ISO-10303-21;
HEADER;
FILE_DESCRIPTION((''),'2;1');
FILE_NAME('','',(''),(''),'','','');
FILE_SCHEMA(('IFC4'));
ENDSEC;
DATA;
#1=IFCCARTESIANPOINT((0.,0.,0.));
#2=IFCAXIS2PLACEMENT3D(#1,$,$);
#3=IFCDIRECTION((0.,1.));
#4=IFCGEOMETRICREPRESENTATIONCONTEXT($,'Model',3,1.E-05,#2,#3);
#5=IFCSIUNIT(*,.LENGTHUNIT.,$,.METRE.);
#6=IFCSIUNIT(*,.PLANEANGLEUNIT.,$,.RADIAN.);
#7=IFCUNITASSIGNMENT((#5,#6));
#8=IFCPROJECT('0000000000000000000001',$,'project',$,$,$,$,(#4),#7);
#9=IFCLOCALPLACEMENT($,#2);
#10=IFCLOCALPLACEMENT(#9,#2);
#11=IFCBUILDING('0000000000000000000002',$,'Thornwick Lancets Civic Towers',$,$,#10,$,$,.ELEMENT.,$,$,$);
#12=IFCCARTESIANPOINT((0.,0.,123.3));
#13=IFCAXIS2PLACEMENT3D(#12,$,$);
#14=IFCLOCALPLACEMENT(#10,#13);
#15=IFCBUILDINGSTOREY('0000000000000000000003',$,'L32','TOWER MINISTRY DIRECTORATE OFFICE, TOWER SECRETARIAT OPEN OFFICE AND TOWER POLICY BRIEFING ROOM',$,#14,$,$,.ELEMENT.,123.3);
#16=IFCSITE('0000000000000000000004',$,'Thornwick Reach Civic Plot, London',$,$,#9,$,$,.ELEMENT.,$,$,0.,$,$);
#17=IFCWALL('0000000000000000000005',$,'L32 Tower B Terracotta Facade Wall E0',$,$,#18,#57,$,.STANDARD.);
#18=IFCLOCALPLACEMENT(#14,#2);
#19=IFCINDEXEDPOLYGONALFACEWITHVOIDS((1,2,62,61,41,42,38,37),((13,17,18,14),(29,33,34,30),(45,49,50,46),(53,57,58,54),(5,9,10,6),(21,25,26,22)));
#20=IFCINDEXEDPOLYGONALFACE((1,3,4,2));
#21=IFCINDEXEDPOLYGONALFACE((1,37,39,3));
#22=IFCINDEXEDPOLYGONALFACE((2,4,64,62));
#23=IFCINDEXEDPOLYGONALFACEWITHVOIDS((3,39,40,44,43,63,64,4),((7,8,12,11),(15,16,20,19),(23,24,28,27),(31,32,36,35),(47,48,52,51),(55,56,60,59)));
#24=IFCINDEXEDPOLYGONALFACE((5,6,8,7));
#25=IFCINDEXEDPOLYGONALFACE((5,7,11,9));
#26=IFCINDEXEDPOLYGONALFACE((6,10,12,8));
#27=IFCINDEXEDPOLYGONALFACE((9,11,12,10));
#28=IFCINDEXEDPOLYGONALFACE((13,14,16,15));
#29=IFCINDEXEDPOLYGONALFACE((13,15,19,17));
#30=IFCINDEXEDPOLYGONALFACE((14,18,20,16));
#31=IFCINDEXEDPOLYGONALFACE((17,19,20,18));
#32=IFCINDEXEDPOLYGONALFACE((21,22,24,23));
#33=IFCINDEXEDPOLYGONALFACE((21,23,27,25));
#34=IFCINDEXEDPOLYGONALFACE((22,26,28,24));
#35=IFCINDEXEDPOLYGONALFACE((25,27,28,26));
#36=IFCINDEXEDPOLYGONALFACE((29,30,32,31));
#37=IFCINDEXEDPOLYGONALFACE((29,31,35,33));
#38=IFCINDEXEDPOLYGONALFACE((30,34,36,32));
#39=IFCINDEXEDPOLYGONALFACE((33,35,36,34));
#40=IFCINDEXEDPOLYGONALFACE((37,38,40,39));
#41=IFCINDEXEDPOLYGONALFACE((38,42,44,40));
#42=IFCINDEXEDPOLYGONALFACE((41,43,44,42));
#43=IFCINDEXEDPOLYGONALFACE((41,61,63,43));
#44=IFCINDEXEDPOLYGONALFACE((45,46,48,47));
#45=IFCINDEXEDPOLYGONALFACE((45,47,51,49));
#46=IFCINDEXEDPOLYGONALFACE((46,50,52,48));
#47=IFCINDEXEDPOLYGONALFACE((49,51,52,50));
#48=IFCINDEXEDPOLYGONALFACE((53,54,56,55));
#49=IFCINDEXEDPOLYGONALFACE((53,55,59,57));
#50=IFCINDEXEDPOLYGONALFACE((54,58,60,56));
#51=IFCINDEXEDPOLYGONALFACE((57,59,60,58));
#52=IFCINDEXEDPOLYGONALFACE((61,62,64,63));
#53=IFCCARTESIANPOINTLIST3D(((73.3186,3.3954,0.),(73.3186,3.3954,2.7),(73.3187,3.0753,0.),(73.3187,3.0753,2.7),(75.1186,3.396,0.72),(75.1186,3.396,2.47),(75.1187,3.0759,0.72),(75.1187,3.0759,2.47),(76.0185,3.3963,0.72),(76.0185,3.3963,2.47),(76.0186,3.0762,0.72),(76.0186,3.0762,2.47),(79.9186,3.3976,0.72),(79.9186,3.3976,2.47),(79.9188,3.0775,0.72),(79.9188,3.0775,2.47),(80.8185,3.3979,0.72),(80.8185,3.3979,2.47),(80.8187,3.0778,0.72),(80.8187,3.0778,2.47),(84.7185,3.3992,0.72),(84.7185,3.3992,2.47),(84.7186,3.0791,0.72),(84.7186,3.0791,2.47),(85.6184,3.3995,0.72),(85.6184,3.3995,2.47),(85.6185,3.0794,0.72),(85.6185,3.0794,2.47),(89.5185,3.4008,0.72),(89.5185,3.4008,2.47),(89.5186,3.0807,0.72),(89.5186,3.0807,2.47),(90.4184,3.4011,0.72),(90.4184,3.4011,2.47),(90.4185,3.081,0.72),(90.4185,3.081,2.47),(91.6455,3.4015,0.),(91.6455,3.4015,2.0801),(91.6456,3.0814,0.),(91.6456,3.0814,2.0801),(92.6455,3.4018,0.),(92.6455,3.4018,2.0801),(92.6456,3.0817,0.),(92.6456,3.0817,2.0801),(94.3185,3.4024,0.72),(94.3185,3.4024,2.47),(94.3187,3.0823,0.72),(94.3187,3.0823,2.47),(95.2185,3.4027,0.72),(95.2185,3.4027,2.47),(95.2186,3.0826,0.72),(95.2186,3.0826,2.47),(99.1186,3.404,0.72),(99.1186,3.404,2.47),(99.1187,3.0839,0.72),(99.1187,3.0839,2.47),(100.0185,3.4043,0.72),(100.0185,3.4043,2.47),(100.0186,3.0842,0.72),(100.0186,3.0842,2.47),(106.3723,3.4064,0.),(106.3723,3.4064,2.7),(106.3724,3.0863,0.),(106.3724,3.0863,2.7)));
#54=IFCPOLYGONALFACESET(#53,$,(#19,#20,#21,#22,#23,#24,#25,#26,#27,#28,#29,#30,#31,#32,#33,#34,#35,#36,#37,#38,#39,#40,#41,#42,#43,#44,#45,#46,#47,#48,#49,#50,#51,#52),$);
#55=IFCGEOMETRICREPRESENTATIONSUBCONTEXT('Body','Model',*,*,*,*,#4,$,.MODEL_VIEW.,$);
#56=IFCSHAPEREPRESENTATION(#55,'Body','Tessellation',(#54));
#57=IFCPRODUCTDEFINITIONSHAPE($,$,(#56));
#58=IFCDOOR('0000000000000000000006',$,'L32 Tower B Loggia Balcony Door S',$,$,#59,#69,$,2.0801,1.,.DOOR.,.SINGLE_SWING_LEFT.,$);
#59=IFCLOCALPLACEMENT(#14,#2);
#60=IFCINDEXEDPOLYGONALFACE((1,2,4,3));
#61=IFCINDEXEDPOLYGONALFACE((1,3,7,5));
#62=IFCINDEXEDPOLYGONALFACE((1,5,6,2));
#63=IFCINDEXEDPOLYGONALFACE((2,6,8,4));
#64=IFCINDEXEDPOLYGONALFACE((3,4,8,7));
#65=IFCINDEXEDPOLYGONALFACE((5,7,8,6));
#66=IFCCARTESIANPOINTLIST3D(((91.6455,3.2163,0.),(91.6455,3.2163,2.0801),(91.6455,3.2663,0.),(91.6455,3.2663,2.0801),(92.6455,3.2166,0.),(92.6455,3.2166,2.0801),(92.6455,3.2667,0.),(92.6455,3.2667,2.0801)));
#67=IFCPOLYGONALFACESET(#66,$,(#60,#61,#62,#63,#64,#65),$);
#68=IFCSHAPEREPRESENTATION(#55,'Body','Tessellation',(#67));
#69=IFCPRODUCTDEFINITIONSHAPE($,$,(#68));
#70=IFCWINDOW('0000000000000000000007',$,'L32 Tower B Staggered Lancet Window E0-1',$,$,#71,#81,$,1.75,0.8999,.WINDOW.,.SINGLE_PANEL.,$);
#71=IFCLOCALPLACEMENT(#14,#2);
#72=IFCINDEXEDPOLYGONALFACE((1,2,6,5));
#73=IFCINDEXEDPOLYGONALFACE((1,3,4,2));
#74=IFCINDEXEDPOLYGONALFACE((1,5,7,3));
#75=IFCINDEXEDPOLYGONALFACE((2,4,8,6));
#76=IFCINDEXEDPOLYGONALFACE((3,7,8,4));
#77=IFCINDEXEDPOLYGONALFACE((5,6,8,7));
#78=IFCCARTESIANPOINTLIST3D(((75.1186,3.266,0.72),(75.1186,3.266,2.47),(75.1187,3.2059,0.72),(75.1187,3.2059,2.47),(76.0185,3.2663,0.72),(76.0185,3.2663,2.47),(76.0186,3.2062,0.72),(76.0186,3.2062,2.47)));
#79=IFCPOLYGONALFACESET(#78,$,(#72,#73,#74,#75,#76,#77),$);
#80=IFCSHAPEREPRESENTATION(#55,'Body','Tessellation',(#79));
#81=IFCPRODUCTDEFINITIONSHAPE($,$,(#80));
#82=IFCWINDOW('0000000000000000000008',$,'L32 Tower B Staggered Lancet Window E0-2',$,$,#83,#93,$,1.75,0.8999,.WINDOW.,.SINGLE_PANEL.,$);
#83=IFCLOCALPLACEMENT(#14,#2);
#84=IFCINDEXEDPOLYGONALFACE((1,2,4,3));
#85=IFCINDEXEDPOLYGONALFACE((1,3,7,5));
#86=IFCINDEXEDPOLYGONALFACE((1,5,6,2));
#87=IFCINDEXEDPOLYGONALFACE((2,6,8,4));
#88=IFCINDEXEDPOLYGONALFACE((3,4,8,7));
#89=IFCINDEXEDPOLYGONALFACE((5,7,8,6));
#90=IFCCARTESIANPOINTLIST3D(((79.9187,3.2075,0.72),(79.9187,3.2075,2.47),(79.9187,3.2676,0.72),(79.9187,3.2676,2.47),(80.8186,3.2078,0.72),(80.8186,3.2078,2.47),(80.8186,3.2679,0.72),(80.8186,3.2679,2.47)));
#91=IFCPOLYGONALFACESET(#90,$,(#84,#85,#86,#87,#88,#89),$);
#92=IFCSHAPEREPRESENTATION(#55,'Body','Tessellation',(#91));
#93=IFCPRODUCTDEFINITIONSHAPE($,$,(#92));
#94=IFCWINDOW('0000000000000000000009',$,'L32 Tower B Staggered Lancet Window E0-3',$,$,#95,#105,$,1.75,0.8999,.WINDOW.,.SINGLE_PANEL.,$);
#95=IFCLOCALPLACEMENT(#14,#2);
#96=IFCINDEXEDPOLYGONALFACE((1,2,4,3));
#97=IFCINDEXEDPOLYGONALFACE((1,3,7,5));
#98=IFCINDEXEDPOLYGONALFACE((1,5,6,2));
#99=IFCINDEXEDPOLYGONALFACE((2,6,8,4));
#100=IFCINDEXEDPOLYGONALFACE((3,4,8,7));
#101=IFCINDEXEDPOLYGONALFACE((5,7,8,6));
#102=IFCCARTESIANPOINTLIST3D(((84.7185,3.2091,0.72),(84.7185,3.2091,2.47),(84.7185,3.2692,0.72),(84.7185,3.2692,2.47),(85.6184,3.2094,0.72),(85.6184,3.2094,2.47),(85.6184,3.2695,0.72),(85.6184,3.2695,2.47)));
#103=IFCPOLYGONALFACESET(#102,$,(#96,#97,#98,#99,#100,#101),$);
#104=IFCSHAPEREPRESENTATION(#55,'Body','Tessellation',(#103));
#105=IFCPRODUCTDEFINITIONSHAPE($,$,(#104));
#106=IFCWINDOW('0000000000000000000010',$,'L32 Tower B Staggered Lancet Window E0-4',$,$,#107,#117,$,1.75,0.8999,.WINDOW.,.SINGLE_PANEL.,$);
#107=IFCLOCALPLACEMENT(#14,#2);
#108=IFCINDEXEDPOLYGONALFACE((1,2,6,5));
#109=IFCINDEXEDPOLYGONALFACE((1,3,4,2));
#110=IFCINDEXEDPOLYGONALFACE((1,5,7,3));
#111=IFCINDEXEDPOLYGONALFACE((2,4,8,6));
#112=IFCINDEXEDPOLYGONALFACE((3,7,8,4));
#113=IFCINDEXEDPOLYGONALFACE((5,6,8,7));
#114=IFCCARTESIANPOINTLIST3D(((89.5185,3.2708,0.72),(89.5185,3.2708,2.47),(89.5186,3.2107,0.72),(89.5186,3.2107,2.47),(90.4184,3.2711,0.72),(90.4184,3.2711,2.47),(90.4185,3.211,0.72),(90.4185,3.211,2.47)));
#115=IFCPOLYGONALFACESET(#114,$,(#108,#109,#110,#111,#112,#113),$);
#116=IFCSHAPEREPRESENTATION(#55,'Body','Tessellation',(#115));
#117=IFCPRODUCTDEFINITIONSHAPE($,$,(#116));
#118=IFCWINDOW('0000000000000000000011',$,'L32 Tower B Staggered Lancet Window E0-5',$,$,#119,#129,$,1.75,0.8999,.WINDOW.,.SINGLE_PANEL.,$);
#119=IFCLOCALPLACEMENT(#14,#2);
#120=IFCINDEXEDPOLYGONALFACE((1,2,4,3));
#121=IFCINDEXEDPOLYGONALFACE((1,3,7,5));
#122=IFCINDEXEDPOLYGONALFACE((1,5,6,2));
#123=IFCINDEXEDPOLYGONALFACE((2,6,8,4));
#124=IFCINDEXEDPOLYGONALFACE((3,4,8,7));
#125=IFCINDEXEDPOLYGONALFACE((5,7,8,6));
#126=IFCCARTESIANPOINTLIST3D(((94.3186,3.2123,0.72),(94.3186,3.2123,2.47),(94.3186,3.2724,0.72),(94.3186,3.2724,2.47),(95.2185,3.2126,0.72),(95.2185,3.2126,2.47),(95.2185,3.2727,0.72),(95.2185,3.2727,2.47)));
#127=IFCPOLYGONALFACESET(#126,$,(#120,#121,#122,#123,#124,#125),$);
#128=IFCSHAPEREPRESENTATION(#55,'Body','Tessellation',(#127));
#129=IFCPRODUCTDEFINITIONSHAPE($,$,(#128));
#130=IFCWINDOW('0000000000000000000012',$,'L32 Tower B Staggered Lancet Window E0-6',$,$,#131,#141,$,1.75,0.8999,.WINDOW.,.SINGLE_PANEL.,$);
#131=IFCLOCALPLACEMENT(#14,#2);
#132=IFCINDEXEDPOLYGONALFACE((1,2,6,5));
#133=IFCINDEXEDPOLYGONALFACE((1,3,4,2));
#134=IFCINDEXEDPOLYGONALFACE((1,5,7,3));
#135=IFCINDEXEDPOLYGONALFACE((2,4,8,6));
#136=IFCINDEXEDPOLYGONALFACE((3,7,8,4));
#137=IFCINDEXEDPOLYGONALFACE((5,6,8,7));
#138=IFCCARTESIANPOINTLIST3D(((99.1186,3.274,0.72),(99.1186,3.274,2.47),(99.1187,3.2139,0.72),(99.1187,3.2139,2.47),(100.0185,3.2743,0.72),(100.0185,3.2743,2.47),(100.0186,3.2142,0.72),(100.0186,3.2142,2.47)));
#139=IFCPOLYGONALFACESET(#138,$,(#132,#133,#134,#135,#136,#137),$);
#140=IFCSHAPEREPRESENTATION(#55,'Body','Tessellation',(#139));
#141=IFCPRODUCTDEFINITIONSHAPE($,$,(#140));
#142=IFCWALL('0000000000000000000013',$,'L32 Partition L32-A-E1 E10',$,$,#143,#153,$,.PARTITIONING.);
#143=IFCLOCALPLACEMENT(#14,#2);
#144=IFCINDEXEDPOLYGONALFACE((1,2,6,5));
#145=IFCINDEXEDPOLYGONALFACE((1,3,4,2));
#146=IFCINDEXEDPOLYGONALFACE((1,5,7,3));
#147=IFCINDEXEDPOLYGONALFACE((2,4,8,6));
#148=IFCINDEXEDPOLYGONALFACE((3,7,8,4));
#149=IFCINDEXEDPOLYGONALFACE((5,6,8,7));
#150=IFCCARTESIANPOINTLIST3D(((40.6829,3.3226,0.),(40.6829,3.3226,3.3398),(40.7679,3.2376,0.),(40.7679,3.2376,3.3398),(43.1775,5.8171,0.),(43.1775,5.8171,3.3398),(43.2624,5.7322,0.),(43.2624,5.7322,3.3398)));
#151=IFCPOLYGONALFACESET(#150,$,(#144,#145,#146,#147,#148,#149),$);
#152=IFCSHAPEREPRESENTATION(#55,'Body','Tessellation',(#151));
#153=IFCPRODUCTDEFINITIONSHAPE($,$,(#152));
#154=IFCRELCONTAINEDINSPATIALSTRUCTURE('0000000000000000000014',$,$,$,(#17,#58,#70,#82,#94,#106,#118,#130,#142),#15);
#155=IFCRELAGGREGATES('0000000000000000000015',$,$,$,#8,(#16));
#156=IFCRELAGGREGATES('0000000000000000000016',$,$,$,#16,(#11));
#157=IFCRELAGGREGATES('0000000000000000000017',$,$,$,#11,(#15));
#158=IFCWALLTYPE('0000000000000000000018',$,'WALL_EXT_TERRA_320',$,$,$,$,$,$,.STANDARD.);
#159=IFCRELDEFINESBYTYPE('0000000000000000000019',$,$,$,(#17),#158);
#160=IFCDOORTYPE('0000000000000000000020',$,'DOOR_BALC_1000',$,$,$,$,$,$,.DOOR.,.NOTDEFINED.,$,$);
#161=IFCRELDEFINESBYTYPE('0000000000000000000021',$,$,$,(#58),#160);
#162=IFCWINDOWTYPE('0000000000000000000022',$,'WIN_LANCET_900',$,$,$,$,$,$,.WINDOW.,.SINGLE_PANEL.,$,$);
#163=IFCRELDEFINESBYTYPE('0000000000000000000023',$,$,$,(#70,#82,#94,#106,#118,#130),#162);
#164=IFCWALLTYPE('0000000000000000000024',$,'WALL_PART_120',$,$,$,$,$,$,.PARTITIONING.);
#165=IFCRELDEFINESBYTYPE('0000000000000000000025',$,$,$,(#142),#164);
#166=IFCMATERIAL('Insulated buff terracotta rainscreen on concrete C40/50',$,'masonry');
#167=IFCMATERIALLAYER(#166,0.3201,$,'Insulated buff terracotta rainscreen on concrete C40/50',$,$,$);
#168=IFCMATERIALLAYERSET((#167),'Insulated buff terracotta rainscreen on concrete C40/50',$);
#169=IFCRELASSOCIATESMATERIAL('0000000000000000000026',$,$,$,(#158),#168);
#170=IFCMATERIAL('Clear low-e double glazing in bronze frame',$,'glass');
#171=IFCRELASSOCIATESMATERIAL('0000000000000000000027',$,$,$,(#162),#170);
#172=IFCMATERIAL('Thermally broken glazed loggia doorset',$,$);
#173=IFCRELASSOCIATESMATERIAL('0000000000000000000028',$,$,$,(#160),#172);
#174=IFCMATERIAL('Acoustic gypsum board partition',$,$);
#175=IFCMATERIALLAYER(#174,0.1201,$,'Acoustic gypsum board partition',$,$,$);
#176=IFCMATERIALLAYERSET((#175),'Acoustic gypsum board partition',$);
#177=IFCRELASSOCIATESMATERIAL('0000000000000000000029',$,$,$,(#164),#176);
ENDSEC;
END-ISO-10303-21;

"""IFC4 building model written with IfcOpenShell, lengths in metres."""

from ifc_helpers import new_model, si_unit, direction, frame, frame_2d, origin, place, context, subcontext, project, spatial, rectangle, extrude, material, layer, layer_set, type_object, element, fill, save


model = new_model("IFC4")

# Units and contexts
model_context = context("Model", 3, precision=1e-05, world=origin(), true_north=direction((0.0, 1.0)))
body_context = subcontext(model_context, "Body", "Model", "MODEL_VIEW")
ifc_project = project(units=[si_unit("LENGTHUNIT", "METRE"), si_unit("PLANEANGLEUNIT", "RADIAN")], contexts=[model_context])

# Site, building, storey
site_placement = place(None, origin())
site = spatial("IfcSite", under=ifc_project, at=site_placement, Name="Thornwick Reach Civic Plot, London", CompositionType="ELEMENT", RefElevation=0.0)
building_placement = place(site_placement, origin())
building = spatial("IfcBuilding", under=site, at=building_placement, Name="Thornwick Lancets Civic Towers", CompositionType="ELEMENT")
storey_placement = place(building_placement, frame((0.0, 0.0, 123.3)))
storey = spatial("IfcBuildingStorey", under=building, at=storey_placement, Name="L32", Description="TOWER MINISTRY DIRECTORATE OFFICE, TOWER SECRETARIAT OPEN OFFICE AND TOWER POLICY BRIEFING ROOM", CompositionType="ELEMENT", Elevation=123.3)

# Shared definitions
ifc_material_1 = material(Name="Insulated buff terracotta rainscreen on concrete C40/50", Category="masonry")
ifc_layer_1 = layer(ifc_material_1, 0.3201, Name="Insulated buff terracotta rainscreen on concrete C40/50")
ifc_layer_set_1 = layer_set([ifc_layer_1], Name="Insulated buff terracotta rainscreen on concrete C40/50")
wall_type_1 = type_object("IfcWallType", Name="WALL_EXT_TERRA_320", PredefinedType="STANDARD", material=ifc_layer_set_1)
ifc_material_2 = material(Name="Clear low-e double glazing in bronze frame", Category="glass")
window_type = type_object("IfcWindowType", Name="WIN_LANCET_900", PartitioningType="SINGLE_PANEL", PredefinedType="WINDOW", material=ifc_material_2)

# Wall, openings, door, windows
wall_1_placement = place(storey_placement, frame((73.3186, 3.2354, 0.0), z_axis=(0.0, 0.0, 1.0), x_axis=(1.0, 0.000332, 0.0)))
wall_1 = element("IfcWall", 1, at=wall_1_placement, inside=storey, type_object=wall_type_1, Name="L32 Tower B Terracotta Facade Wall E0", PredefinedType="STANDARD", context=body_context, shape_type="SweptSolid", body=[
    extrude(rectangle(XDim=33.0537, YDim=0.3201, at=frame_2d((16.5269, 0.0))), origin(), (0.0, 0.0, 1.0), 2.7),
])
opening_1_placement = place(wall_1_placement, frame((18.3269, 0.0, 0.0)))
opening_1 = element("IfcOpeningElement", 2, at=opening_1_placement, cuts=wall_1, PredefinedType="OPENING", context=body_context, shape_type="SweptSolid", body=[
    extrude(rectangle(XDim=1.0, YDim=2.0801, at=frame_2d((0.5, 1.04))), frame((0.0, 0.1699, 0.0), z_axis=(0.0, -1.0, 0.0), x_axis=(1.0, 0.0, 0.0)), (0.0, 0.0, 1.0), 0.3401),
])
opening_2_placement = place(wall_1_placement, frame((1.8, 0.0, 0.72)))
opening_2 = element("IfcOpeningElement", 3, at=opening_2_placement, cuts=wall_1, PredefinedType="OPENING", context=body_context, shape_type="SweptSolid", body=[
    extrude(rectangle(XDim=0.8999, YDim=1.75, at=frame_2d((0.45, 0.875))), frame((0.0, 0.1699, 0.0), z_axis=(0.0, -1.0, 0.0), x_axis=(1.0, 0.0, 0.0)), (0.0, 0.0, 1.0), 0.3401),
])
opening_3_placement = place(wall_1_placement, frame((6.6001, 0.0, 0.72)))
opening_3 = element("IfcOpeningElement", 4, at=opening_3_placement, cuts=wall_1, PredefinedType="OPENING", context=body_context, shape_type="SweptSolid", body=[
    extrude(rectangle(XDim=0.8999, YDim=1.75, at=frame_2d((0.45, 0.875))), frame((0.0, 0.1699, 0.0), z_axis=(0.0, -1.0, 0.0), x_axis=(1.0, 0.0, 0.0)), (0.0, 0.0, 1.0), 0.3401),
])
opening_4_placement = place(wall_1_placement, frame((11.3999, 0.0, 0.72)))
opening_4 = element("IfcOpeningElement", 5, at=opening_4_placement, cuts=wall_1, PredefinedType="OPENING", context=body_context, shape_type="SweptSolid", body=[
    extrude(rectangle(XDim=0.8999, YDim=1.75, at=frame_2d((0.45, 0.875))), frame((0.0, 0.1699, 0.0), z_axis=(0.0, -1.0, 0.0), x_axis=(1.0, 0.0, 0.0)), (0.0, 0.0, 1.0), 0.3401),
])
opening_5_placement = place(wall_1_placement, frame((16.2, 0.0, 0.72)))
opening_5 = element("IfcOpeningElement", 6, at=opening_5_placement, cuts=wall_1, PredefinedType="OPENING", context=body_context, shape_type="SweptSolid", body=[
    extrude(rectangle(XDim=0.8999, YDim=1.75, at=frame_2d((0.45, 0.875))), frame((0.0, 0.1699, 0.0), z_axis=(0.0, -1.0, 0.0), x_axis=(1.0, 0.0, 0.0)), (0.0, 0.0, 1.0), 0.3401),
])
opening_6_placement = place(wall_1_placement, frame((21.0, 0.0, 0.72)))
opening_6 = element("IfcOpeningElement", 7, at=opening_6_placement, cuts=wall_1, PredefinedType="OPENING", context=body_context, shape_type="SweptSolid", body=[
    extrude(rectangle(XDim=0.8999, YDim=1.75, at=frame_2d((0.45, 0.875))), frame((0.0, 0.1699, 0.0), z_axis=(0.0, -1.0, 0.0), x_axis=(1.0, 0.0, 0.0)), (0.0, 0.0, 1.0), 0.3401),
])
opening_7_placement = place(wall_1_placement, frame((25.8, 0.0, 0.72)))
opening_7 = element("IfcOpeningElement", 8, at=opening_7_placement, cuts=wall_1, PredefinedType="OPENING", context=body_context, shape_type="SweptSolid", body=[
    extrude(rectangle(XDim=0.8999, YDim=1.75, at=frame_2d((0.45, 0.875))), frame((0.0, 0.1699, 0.0), z_axis=(0.0, -1.0, 0.0), x_axis=(1.0, 0.0, 0.0)), (0.0, 0.0, 1.0), 0.3401),
])
ifc_material_3 = material(Name="Thermally broken glazed loggia doorset")
door_type = type_object("IfcDoorType", Name="DOOR_BALC_1000", OperationType="NOTDEFINED", PredefinedType="DOOR", material=ifc_material_3)
door_placement = place(opening_1_placement, origin())
door = element("IfcDoor", 9, at=door_placement, inside=storey, type_object=door_type, Name="L32 Tower B Loggia Balcony Door S", OperationType="SINGLE_SWING_LEFT", OverallHeight=2.0801, OverallWidth=1.0, PredefinedType="DOOR", context=body_context, shape_type="SweptSolid", body=[
    extrude(rectangle(XDim=1.0, YDim=2.0801, at=frame_2d((0.5, 1.04))), frame((0.0, 0.0249, 0.0), z_axis=(0.0, -1.0, 0.0), x_axis=(1.0, 0.0, 0.0)), (0.0, 0.0, 1.0), 0.05),
])
fill(opening_1, door)
window_1_placement = place(opening_2_placement, origin())
window_1 = element("IfcWindow", 10, at=window_1_placement, inside=storey, type_object=window_type, Name="L32 Tower B Staggered Lancet Window E0-1", OverallHeight=1.75, OverallWidth=0.8999, PartitioningType="SINGLE_PANEL", PredefinedType="WINDOW", context=body_context, shape_type="SweptSolid", body=[
    extrude(rectangle(XDim=0.8999, YDim=1.75, at=frame_2d((0.45, 0.875))), frame((0.0, 0.03, 0.0), z_axis=(0.0, -1.0, 0.0), x_axis=(1.0, 0.0, 0.0)), (0.0, 0.0, 1.0), 0.0601),
])
fill(opening_2, window_1)
window_2_placement = place(opening_3_placement, origin())
window_2 = element("IfcWindow", 11, at=window_2_placement, inside=storey, type_object=window_type, Name="L32 Tower B Staggered Lancet Window E0-2", OverallHeight=1.75, OverallWidth=0.8999, PartitioningType="SINGLE_PANEL", PredefinedType="WINDOW", context=body_context, shape_type="SweptSolid", body=[
    extrude(rectangle(XDim=0.8999, YDim=1.75, at=frame_2d((0.45, 0.875))), frame((0.0, 0.03, 0.0), z_axis=(0.0, -1.0, 0.0), x_axis=(1.0, 0.0, 0.0)), (0.0, 0.0, 1.0), 0.0601),
])
fill(opening_3, window_2)
window_3_placement = place(opening_4_placement, origin())
window_3 = element("IfcWindow", 12, at=window_3_placement, inside=storey, type_object=window_type, Name="L32 Tower B Staggered Lancet Window E0-3", OverallHeight=1.75, OverallWidth=0.8999, PartitioningType="SINGLE_PANEL", PredefinedType="WINDOW", context=body_context, shape_type="SweptSolid", body=[
    extrude(rectangle(XDim=0.8999, YDim=1.75, at=frame_2d((0.45, 0.875))), frame((0.0, 0.03, 0.0), z_axis=(0.0, -1.0, 0.0), x_axis=(1.0, 0.0, 0.0)), (0.0, 0.0, 1.0), 0.0601),
])
fill(opening_4, window_3)
window_4_placement = place(opening_5_placement, origin())
window_4 = element("IfcWindow", 13, at=window_4_placement, inside=storey, type_object=window_type, Name="L32 Tower B Staggered Lancet Window E0-4", OverallHeight=1.75, OverallWidth=0.8999, PartitioningType="SINGLE_PANEL", PredefinedType="WINDOW", context=body_context, shape_type="SweptSolid", body=[
    extrude(rectangle(XDim=0.8999, YDim=1.75, at=frame_2d((0.45, 0.875))), frame((0.0, 0.03, 0.0), z_axis=(0.0, -1.0, 0.0), x_axis=(1.0, 0.0, 0.0)), (0.0, 0.0, 1.0), 0.0601),
])
fill(opening_5, window_4)
window_5_placement = place(opening_6_placement, origin())
window_5 = element("IfcWindow", 14, at=window_5_placement, inside=storey, type_object=window_type, Name="L32 Tower B Staggered Lancet Window E0-5", OverallHeight=1.75, OverallWidth=0.8999, PartitioningType="SINGLE_PANEL", PredefinedType="WINDOW", context=body_context, shape_type="SweptSolid", body=[
    extrude(rectangle(XDim=0.8999, YDim=1.75, at=frame_2d((0.45, 0.875))), frame((0.0, 0.03, 0.0), z_axis=(0.0, -1.0, 0.0), x_axis=(1.0, 0.0, 0.0)), (0.0, 0.0, 1.0), 0.0601),
])
fill(opening_6, window_5)
window_6_placement = place(opening_7_placement, origin())
window_6 = element("IfcWindow", 15, at=window_6_placement, inside=storey, type_object=window_type, Name="L32 Tower B Staggered Lancet Window E0-6", OverallHeight=1.75, OverallWidth=0.8999, PartitioningType="SINGLE_PANEL", PredefinedType="WINDOW", context=body_context, shape_type="SweptSolid", body=[
    extrude(rectangle(XDim=0.8999, YDim=1.75, at=frame_2d((0.45, 0.875))), frame((0.0, 0.03, 0.0), z_axis=(0.0, -1.0, 0.0), x_axis=(1.0, 0.0, 0.0)), (0.0, 0.0, 1.0), 0.0601),
])
fill(opening_7, window_6)

# Wall
ifc_material_4 = material(Name="Acoustic gypsum board partition")
ifc_layer_2 = layer(ifc_material_4, 0.1201, Name="Acoustic gypsum board partition")
ifc_layer_set_2 = layer_set([ifc_layer_2], Name="Acoustic gypsum board partition")
wall_type_2 = type_object("IfcWallType", Name="WALL_PART_120", PredefinedType="PARTITIONING", material=ifc_layer_set_2)
wall_2_placement = place(storey_placement, frame((43.22, 5.7747, 0.0), z_axis=(0.0, 0.0, 1.0), x_axis=(-0.707107, -0.707107, 0.0)))
element("IfcWall", 16, at=wall_2_placement, inside=storey, type_object=wall_type_2, Name="L32 Partition L32-A-E1 E10", PredefinedType="PARTITIONING", context=body_context, shape_type="SweptSolid", body=[
    extrude(rectangle(XDim=3.5278, YDim=0.1201, at=frame_2d((1.7639, 0.0))), origin(), (0.0, 0.0, 1.0), 3.3398),
])

save(model, "model.ifc")
